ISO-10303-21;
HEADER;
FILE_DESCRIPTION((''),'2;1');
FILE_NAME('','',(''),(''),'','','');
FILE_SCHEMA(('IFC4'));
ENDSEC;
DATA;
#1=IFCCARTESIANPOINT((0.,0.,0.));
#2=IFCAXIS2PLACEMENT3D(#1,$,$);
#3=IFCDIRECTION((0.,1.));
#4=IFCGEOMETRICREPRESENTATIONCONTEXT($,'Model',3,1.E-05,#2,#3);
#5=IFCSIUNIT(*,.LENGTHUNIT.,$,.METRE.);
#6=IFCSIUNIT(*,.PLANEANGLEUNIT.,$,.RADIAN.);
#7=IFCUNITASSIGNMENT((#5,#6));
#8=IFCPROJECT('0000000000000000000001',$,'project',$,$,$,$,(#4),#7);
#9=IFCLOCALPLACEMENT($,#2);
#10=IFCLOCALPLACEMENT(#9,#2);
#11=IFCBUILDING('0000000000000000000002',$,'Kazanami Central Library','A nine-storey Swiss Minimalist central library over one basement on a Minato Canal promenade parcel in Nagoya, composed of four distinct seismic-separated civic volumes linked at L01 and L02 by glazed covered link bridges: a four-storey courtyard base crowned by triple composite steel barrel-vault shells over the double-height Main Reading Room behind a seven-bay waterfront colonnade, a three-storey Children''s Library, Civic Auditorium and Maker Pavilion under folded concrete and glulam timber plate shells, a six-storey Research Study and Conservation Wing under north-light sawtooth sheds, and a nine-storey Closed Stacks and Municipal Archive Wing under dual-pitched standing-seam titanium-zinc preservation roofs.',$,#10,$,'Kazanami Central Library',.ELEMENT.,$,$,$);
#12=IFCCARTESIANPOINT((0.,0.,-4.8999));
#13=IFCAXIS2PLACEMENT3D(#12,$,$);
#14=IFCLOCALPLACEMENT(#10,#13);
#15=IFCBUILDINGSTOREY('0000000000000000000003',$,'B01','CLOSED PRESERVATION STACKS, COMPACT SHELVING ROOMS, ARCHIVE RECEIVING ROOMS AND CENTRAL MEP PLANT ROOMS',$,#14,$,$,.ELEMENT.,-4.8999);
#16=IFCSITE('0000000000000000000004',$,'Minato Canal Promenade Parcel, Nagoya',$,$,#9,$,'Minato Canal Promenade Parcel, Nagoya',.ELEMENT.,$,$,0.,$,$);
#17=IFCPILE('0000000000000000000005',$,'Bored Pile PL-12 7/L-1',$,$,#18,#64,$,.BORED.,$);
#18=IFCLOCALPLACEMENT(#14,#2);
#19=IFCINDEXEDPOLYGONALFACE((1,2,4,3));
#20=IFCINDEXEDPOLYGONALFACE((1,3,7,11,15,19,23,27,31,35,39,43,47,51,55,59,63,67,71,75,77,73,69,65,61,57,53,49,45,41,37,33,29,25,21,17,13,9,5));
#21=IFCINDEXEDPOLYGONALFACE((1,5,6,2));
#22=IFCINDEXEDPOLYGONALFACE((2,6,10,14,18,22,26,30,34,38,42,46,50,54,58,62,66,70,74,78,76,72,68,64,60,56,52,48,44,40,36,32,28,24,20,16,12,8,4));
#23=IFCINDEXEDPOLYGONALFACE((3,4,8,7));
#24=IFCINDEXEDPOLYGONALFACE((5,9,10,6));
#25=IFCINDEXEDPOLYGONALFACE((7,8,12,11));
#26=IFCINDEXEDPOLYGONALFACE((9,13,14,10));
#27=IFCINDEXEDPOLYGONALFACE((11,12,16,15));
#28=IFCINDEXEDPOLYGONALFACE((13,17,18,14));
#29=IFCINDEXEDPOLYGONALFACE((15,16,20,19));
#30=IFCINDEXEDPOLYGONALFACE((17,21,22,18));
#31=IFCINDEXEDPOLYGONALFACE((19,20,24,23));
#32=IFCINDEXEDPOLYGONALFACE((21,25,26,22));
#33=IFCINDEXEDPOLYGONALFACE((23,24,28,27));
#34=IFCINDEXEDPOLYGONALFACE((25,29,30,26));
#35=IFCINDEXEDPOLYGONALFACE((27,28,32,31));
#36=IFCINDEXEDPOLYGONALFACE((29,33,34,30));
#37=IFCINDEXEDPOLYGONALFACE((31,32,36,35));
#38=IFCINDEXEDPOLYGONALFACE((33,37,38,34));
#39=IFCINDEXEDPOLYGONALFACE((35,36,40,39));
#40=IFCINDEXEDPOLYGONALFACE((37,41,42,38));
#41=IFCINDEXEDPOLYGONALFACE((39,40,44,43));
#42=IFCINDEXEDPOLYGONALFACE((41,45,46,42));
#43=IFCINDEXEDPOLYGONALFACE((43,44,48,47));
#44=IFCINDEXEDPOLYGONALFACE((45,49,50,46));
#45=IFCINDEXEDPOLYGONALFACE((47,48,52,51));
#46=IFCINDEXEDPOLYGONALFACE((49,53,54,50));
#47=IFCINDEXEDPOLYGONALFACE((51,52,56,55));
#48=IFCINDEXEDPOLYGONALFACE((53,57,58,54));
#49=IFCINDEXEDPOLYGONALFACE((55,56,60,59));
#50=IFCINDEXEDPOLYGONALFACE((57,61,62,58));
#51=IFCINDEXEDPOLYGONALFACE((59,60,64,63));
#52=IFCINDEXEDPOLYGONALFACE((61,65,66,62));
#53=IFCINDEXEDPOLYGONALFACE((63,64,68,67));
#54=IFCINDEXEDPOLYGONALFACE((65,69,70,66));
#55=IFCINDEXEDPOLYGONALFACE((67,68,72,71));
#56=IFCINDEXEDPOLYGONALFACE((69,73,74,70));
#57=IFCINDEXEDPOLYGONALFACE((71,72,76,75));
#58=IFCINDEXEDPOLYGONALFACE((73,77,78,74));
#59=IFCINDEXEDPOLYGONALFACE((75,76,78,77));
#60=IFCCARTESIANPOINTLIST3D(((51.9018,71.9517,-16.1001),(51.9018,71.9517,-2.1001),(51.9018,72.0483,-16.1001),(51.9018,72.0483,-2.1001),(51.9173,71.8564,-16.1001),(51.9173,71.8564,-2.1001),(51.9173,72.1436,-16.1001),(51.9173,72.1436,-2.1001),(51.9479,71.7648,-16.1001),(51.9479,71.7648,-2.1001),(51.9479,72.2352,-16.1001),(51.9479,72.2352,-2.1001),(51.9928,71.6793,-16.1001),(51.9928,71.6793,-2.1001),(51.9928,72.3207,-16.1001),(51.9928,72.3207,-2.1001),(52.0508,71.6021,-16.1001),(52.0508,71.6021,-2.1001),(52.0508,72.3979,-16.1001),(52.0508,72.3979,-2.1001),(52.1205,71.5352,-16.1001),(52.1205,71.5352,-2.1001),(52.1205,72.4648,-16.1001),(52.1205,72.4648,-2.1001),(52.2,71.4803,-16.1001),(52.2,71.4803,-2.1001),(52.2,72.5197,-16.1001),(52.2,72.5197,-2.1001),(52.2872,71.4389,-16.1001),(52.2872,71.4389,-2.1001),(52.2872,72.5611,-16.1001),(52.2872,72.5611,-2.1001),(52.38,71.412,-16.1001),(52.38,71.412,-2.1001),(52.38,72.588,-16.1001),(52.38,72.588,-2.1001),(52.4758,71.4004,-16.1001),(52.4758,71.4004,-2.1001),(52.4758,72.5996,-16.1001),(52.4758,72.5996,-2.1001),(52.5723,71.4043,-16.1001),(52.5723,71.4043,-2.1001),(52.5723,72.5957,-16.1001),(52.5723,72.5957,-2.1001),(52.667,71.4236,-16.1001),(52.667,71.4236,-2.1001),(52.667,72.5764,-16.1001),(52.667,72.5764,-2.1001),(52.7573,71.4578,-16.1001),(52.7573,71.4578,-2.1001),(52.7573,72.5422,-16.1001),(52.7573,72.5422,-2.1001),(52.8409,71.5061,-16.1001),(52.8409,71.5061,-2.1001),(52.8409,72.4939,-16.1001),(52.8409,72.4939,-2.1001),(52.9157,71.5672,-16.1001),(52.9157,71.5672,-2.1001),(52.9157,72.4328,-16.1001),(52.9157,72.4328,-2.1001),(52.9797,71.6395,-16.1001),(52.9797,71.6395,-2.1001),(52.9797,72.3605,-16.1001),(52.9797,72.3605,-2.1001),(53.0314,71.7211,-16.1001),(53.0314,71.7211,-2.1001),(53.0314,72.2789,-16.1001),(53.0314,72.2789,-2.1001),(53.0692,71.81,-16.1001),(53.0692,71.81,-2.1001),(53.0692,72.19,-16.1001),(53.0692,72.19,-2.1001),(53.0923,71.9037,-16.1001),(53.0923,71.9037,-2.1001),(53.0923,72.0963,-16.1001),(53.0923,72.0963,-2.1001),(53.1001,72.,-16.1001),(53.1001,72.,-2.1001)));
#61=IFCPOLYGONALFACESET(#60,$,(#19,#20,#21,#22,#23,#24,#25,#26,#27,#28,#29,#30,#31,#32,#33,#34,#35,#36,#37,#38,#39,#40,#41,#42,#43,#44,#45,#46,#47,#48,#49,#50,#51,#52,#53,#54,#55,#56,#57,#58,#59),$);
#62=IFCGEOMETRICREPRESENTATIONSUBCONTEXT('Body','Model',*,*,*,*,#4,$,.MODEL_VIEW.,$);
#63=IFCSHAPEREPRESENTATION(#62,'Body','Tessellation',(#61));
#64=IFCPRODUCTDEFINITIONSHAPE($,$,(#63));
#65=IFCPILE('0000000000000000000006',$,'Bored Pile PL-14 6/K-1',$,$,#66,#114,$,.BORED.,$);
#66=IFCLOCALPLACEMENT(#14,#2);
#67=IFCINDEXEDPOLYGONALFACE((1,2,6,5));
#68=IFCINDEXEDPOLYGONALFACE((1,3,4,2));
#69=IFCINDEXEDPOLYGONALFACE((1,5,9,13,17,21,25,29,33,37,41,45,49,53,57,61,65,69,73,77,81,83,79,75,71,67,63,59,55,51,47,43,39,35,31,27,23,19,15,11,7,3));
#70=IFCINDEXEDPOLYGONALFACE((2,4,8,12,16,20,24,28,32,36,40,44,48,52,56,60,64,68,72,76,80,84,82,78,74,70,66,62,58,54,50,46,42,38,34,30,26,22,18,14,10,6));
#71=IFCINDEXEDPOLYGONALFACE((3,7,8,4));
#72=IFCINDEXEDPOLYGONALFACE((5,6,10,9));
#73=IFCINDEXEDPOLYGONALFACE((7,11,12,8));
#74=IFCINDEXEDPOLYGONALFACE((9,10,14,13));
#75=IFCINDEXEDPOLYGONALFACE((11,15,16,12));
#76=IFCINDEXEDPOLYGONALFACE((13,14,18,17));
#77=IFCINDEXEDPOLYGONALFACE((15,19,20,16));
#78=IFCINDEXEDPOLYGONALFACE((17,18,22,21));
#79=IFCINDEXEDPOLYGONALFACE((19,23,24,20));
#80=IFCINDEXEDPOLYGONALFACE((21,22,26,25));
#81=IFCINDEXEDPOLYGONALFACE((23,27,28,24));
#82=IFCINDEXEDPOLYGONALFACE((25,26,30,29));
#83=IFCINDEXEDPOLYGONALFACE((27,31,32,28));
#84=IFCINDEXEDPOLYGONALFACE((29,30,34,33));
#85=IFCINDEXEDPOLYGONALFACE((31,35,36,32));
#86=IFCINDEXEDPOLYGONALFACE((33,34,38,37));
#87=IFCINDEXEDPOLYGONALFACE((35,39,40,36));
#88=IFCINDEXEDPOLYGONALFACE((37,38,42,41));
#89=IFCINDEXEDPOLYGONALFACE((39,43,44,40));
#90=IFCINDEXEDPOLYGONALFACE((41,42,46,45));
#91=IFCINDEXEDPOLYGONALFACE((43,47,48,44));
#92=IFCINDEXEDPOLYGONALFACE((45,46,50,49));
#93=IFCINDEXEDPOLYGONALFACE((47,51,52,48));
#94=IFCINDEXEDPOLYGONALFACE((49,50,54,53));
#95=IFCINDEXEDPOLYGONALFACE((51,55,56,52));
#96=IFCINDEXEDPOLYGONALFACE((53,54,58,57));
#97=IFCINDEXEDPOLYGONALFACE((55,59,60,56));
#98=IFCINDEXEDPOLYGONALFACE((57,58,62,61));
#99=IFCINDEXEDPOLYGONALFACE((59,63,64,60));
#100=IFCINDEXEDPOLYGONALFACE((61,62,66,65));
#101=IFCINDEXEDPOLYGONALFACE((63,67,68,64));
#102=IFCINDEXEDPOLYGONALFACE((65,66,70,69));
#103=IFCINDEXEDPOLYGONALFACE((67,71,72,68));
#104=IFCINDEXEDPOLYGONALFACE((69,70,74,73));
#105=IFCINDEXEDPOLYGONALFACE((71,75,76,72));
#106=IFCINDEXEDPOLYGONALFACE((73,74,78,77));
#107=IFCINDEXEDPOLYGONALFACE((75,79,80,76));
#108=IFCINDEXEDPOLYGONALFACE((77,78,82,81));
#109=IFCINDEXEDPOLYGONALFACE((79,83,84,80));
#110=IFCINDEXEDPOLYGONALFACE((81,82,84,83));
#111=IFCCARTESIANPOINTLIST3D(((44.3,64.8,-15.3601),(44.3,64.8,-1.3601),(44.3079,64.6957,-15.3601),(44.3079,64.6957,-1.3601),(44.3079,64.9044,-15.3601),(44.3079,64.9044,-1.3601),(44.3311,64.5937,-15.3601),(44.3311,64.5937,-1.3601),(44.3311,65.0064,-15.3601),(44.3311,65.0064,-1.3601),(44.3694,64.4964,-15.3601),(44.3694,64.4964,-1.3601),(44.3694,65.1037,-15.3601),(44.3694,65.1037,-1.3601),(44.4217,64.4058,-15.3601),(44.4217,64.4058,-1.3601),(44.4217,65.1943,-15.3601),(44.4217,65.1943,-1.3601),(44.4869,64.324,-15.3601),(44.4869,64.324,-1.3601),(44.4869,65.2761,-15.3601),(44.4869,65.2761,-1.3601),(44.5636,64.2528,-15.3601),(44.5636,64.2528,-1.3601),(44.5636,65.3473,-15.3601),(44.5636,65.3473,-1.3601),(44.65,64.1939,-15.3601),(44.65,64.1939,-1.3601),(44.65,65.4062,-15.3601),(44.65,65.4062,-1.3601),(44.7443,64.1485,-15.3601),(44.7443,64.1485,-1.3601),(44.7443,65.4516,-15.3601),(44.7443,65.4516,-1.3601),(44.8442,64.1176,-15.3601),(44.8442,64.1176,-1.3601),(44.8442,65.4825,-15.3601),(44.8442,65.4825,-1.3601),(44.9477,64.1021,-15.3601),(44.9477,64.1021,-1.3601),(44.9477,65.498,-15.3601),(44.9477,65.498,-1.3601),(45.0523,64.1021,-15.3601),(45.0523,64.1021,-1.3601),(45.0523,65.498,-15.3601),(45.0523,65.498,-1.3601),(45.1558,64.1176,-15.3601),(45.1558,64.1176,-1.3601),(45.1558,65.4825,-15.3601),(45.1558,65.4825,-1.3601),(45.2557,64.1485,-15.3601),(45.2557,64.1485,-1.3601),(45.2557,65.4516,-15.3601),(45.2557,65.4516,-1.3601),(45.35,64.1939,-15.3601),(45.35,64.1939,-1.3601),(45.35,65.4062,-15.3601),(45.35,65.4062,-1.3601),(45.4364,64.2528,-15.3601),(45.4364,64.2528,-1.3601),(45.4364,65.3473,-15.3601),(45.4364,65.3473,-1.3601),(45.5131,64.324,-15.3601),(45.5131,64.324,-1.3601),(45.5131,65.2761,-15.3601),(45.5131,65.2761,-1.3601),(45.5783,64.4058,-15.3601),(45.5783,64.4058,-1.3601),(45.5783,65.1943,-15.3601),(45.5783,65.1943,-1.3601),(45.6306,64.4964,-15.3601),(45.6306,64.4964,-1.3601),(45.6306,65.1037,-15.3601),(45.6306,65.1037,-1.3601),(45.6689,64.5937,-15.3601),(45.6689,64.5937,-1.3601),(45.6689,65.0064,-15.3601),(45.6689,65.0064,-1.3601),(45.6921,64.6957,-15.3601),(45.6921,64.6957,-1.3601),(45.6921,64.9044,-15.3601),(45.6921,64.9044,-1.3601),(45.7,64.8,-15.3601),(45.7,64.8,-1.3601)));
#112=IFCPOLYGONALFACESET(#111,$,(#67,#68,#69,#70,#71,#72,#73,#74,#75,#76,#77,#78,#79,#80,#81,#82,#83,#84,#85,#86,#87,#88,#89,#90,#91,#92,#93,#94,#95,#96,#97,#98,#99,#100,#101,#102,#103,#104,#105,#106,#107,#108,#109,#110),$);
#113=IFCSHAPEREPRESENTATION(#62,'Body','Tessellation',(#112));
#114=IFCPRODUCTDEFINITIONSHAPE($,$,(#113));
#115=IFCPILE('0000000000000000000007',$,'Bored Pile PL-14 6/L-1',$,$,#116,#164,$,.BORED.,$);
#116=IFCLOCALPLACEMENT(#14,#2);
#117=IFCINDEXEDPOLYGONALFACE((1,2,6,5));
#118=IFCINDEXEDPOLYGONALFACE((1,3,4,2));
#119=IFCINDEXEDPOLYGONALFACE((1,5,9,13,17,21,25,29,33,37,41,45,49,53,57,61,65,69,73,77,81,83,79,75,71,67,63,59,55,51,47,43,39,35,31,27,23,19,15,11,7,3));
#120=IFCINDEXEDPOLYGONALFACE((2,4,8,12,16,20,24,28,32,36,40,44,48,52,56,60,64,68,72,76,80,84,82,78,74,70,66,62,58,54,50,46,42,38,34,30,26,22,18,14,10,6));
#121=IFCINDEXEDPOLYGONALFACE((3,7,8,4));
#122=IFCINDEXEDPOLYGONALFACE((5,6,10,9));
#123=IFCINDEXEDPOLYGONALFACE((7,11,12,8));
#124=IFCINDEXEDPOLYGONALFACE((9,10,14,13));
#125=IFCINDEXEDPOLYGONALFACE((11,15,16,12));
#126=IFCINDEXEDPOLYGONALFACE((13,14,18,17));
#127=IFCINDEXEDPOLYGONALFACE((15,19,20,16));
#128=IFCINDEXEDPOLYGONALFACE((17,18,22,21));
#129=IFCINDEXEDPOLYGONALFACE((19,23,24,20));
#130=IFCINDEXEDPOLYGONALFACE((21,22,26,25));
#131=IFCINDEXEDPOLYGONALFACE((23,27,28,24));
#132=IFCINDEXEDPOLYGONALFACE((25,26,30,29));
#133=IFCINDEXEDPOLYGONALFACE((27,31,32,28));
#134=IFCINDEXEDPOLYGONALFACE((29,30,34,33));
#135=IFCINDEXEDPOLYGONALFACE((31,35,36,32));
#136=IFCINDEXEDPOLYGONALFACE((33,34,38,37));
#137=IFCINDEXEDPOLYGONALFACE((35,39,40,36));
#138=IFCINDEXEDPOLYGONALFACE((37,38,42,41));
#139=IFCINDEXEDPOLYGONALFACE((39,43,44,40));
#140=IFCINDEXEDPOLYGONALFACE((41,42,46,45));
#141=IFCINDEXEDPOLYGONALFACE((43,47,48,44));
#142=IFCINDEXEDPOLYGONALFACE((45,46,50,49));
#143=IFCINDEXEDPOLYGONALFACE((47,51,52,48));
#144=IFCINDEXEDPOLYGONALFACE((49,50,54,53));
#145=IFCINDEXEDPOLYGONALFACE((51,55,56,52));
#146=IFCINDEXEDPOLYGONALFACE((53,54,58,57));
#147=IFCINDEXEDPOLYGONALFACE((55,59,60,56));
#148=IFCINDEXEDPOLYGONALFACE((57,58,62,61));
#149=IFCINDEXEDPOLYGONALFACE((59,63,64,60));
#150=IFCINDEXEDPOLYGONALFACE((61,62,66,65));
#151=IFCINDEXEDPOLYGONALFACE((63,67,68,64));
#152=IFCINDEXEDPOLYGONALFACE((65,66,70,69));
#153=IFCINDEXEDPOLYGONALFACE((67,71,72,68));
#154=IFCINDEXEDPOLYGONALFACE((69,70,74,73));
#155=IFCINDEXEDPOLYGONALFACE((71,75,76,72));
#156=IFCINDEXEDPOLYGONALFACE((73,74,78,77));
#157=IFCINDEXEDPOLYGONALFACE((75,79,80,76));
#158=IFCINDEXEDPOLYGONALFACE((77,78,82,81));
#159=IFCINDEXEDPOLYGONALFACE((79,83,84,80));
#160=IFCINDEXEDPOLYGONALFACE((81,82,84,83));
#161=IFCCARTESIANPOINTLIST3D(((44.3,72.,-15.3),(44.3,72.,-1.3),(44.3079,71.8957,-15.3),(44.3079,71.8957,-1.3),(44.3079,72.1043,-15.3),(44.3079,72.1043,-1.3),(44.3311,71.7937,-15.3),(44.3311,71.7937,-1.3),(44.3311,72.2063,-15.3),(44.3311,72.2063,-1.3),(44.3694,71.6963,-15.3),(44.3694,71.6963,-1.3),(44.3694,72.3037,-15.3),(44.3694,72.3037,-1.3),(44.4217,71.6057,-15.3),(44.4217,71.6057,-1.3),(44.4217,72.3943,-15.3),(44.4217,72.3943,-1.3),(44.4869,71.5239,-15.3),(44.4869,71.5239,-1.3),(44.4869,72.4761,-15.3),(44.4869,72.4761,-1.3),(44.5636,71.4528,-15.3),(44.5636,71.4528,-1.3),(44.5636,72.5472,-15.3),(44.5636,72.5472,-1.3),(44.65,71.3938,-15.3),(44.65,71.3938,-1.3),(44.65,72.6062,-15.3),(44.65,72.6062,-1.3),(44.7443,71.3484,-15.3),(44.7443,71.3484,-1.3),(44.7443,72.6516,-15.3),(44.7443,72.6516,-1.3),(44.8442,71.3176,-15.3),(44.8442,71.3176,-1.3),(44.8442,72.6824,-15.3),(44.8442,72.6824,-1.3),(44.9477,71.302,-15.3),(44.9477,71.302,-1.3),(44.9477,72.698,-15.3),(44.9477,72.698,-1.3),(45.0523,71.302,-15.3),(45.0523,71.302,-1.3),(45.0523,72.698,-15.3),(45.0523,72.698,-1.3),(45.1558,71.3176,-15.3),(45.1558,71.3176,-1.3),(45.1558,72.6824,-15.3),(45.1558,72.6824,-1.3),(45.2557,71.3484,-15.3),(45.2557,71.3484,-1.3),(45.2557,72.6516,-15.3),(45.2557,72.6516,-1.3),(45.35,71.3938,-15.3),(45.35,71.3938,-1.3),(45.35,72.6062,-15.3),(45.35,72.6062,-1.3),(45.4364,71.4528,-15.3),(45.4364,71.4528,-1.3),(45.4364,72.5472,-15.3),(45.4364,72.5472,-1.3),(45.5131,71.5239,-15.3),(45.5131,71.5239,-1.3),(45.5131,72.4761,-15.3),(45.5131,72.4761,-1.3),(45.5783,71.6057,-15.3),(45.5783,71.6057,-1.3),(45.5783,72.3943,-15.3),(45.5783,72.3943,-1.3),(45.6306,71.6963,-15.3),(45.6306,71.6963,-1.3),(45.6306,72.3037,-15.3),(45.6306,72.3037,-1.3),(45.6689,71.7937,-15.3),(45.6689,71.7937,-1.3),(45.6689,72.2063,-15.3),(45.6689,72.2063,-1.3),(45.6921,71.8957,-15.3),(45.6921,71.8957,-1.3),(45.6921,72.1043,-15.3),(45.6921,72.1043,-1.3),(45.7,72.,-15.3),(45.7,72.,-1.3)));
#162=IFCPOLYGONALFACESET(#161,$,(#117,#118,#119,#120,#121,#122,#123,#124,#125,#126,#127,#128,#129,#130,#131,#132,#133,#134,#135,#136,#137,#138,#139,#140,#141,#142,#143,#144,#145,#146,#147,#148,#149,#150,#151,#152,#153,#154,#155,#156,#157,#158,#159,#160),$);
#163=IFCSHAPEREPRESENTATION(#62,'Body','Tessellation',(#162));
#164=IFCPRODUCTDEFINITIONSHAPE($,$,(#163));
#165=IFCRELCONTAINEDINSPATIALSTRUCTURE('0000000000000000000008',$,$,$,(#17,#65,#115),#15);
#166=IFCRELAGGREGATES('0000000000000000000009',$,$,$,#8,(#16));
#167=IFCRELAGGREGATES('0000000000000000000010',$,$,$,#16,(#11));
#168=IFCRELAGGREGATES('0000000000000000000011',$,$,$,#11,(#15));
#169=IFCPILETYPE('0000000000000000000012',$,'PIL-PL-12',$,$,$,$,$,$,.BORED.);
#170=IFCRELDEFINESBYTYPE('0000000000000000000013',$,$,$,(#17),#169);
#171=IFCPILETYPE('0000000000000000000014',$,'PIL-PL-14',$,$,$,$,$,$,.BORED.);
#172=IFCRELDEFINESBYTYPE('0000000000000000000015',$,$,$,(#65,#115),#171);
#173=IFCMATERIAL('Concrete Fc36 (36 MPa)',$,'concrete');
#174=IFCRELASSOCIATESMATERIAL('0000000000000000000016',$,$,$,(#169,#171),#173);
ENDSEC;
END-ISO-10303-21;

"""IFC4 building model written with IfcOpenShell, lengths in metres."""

from ifc_helpers import new_model, si_unit, direction, frame, origin, origin_2d, place, context, subcontext, project, spatial, circle, extrude, material, material_profile, profile_set, type_object, element, save


model = new_model("IFC4")

# Units and contexts
model_context = context("Model", 3, precision=1e-05, world=origin(), true_north=direction((0.0, 1.0)))
body_context = subcontext(model_context, "Body", "Model", "MODEL_VIEW")
ifc_project = project(units=[si_unit("LENGTHUNIT", "METRE"), si_unit("PLANEANGLEUNIT", "RADIAN")], contexts=[model_context])

# Site, building, storey
site_placement = place(None, origin())
site = spatial("IfcSite", under=ifc_project, at=site_placement, Name="Minato Canal Promenade Parcel, Nagoya", LongName="Minato Canal Promenade Parcel, Nagoya", CompositionType="ELEMENT", RefElevation=0.0)
building_placement = place(site_placement, origin())
building = spatial("IfcBuilding", under=site, at=building_placement, Name="Kazanami Central Library", Description="A nine-storey Swiss Minimalist central library over one basement on a Minato Canal promenade parcel in Nagoya, composed of four distinct seismic-separated civic volumes linked at L01 and L02 by glazed covered link bridges: a four-storey courtyard base crowned by triple composite steel barrel-vault shells over the double-height Main Reading Room behind a seven-bay waterfront colonnade, a three-storey Children's Library, Civic Auditorium and Maker Pavilion under folded concrete and glulam timber plate shells, a six-storey Research Study and Conservation Wing under north-light sawtooth sheds, and a nine-storey Closed Stacks and Municipal Archive Wing under dual-pitched standing-seam titanium-zinc preservation roofs.", LongName="Kazanami Central Library", CompositionType="ELEMENT")
storey_placement = place(building_placement, frame((0.0, 0.0, -4.8999)))
storey = spatial("IfcBuildingStorey", under=building, at=storey_placement, Name="B01", Description="CLOSED PRESERVATION STACKS, COMPACT SHELVING ROOMS, ARCHIVE RECEIVING ROOMS AND CENTRAL MEP PLANT ROOMS", CompositionType="ELEMENT", Elevation=-4.8999)

# Shared definitions
ifc_material_1 = material(Name="Concrete Fc36 (36 MPa)", Category="concrete")

# Piles
ifc_material_profile_1 = material_profile(ifc_material_1, circle(Radius=0.6001, at=origin_2d()), Name="BORED-D1200")
ifc_profile_set_1 = profile_set([ifc_material_profile_1], Name="Concrete Fc36 (36 MPa)")
pile_type_1 = type_object("IfcPileType", Name="PIL-PL-12", PredefinedType="BORED", material=ifc_profile_set_1)
pile_1_placement = place(storey_placement, frame((52.5, 72.0, -2.1001), z_axis=(0.0, 0.0, -1.0), x_axis=(1.0, 0.0, 0.0)))
element("IfcPile", 1, at=pile_1_placement, inside=storey, type_object=pile_type_1, Name="Bored Pile PL-12 7/L-1", PredefinedType="BORED", context=body_context, shape_type="SweptSolid", body=[
    extrude(circle(Radius=0.6001, at=origin_2d()), origin(), (0.0, 0.0, 1.0), 14.0),
])
ifc_material_profile_2 = material_profile(ifc_material_1, circle(Radius=0.7, at=origin_2d()), Name="BORED-D1400")
ifc_profile_set_2 = profile_set([ifc_material_profile_2], Name="Concrete Fc36 (36 MPa)")
pile_type_2 = type_object("IfcPileType", Name="PIL-PL-14", PredefinedType="BORED", material=ifc_profile_set_2)
for number, where, z_axis, x_axis, name in (
    (2, (45.0, 64.8, -1.3601), (0.0, 0.0, -1.0), (1.0, 0.0, 0.0), "Bored Pile PL-14 6/K-1"),
    (3, (45.0, 72.0, -1.3), (0.0, 0.0, -1.0), (1.0, 0.0, 0.0), "Bored Pile PL-14 6/L-1"),
):
    element("IfcPile", number, at=place(storey_placement, frame(where, z_axis=z_axis, x_axis=x_axis)), inside=storey, type_object=pile_type_2, Name=name, PredefinedType="BORED", context=body_context, shape_type="SweptSolid", body=[
        extrude(circle(Radius=0.7, at=origin_2d()), origin(), (0.0, 0.0, 1.0), 14.0),
    ])

save(model, "model.ifc")
